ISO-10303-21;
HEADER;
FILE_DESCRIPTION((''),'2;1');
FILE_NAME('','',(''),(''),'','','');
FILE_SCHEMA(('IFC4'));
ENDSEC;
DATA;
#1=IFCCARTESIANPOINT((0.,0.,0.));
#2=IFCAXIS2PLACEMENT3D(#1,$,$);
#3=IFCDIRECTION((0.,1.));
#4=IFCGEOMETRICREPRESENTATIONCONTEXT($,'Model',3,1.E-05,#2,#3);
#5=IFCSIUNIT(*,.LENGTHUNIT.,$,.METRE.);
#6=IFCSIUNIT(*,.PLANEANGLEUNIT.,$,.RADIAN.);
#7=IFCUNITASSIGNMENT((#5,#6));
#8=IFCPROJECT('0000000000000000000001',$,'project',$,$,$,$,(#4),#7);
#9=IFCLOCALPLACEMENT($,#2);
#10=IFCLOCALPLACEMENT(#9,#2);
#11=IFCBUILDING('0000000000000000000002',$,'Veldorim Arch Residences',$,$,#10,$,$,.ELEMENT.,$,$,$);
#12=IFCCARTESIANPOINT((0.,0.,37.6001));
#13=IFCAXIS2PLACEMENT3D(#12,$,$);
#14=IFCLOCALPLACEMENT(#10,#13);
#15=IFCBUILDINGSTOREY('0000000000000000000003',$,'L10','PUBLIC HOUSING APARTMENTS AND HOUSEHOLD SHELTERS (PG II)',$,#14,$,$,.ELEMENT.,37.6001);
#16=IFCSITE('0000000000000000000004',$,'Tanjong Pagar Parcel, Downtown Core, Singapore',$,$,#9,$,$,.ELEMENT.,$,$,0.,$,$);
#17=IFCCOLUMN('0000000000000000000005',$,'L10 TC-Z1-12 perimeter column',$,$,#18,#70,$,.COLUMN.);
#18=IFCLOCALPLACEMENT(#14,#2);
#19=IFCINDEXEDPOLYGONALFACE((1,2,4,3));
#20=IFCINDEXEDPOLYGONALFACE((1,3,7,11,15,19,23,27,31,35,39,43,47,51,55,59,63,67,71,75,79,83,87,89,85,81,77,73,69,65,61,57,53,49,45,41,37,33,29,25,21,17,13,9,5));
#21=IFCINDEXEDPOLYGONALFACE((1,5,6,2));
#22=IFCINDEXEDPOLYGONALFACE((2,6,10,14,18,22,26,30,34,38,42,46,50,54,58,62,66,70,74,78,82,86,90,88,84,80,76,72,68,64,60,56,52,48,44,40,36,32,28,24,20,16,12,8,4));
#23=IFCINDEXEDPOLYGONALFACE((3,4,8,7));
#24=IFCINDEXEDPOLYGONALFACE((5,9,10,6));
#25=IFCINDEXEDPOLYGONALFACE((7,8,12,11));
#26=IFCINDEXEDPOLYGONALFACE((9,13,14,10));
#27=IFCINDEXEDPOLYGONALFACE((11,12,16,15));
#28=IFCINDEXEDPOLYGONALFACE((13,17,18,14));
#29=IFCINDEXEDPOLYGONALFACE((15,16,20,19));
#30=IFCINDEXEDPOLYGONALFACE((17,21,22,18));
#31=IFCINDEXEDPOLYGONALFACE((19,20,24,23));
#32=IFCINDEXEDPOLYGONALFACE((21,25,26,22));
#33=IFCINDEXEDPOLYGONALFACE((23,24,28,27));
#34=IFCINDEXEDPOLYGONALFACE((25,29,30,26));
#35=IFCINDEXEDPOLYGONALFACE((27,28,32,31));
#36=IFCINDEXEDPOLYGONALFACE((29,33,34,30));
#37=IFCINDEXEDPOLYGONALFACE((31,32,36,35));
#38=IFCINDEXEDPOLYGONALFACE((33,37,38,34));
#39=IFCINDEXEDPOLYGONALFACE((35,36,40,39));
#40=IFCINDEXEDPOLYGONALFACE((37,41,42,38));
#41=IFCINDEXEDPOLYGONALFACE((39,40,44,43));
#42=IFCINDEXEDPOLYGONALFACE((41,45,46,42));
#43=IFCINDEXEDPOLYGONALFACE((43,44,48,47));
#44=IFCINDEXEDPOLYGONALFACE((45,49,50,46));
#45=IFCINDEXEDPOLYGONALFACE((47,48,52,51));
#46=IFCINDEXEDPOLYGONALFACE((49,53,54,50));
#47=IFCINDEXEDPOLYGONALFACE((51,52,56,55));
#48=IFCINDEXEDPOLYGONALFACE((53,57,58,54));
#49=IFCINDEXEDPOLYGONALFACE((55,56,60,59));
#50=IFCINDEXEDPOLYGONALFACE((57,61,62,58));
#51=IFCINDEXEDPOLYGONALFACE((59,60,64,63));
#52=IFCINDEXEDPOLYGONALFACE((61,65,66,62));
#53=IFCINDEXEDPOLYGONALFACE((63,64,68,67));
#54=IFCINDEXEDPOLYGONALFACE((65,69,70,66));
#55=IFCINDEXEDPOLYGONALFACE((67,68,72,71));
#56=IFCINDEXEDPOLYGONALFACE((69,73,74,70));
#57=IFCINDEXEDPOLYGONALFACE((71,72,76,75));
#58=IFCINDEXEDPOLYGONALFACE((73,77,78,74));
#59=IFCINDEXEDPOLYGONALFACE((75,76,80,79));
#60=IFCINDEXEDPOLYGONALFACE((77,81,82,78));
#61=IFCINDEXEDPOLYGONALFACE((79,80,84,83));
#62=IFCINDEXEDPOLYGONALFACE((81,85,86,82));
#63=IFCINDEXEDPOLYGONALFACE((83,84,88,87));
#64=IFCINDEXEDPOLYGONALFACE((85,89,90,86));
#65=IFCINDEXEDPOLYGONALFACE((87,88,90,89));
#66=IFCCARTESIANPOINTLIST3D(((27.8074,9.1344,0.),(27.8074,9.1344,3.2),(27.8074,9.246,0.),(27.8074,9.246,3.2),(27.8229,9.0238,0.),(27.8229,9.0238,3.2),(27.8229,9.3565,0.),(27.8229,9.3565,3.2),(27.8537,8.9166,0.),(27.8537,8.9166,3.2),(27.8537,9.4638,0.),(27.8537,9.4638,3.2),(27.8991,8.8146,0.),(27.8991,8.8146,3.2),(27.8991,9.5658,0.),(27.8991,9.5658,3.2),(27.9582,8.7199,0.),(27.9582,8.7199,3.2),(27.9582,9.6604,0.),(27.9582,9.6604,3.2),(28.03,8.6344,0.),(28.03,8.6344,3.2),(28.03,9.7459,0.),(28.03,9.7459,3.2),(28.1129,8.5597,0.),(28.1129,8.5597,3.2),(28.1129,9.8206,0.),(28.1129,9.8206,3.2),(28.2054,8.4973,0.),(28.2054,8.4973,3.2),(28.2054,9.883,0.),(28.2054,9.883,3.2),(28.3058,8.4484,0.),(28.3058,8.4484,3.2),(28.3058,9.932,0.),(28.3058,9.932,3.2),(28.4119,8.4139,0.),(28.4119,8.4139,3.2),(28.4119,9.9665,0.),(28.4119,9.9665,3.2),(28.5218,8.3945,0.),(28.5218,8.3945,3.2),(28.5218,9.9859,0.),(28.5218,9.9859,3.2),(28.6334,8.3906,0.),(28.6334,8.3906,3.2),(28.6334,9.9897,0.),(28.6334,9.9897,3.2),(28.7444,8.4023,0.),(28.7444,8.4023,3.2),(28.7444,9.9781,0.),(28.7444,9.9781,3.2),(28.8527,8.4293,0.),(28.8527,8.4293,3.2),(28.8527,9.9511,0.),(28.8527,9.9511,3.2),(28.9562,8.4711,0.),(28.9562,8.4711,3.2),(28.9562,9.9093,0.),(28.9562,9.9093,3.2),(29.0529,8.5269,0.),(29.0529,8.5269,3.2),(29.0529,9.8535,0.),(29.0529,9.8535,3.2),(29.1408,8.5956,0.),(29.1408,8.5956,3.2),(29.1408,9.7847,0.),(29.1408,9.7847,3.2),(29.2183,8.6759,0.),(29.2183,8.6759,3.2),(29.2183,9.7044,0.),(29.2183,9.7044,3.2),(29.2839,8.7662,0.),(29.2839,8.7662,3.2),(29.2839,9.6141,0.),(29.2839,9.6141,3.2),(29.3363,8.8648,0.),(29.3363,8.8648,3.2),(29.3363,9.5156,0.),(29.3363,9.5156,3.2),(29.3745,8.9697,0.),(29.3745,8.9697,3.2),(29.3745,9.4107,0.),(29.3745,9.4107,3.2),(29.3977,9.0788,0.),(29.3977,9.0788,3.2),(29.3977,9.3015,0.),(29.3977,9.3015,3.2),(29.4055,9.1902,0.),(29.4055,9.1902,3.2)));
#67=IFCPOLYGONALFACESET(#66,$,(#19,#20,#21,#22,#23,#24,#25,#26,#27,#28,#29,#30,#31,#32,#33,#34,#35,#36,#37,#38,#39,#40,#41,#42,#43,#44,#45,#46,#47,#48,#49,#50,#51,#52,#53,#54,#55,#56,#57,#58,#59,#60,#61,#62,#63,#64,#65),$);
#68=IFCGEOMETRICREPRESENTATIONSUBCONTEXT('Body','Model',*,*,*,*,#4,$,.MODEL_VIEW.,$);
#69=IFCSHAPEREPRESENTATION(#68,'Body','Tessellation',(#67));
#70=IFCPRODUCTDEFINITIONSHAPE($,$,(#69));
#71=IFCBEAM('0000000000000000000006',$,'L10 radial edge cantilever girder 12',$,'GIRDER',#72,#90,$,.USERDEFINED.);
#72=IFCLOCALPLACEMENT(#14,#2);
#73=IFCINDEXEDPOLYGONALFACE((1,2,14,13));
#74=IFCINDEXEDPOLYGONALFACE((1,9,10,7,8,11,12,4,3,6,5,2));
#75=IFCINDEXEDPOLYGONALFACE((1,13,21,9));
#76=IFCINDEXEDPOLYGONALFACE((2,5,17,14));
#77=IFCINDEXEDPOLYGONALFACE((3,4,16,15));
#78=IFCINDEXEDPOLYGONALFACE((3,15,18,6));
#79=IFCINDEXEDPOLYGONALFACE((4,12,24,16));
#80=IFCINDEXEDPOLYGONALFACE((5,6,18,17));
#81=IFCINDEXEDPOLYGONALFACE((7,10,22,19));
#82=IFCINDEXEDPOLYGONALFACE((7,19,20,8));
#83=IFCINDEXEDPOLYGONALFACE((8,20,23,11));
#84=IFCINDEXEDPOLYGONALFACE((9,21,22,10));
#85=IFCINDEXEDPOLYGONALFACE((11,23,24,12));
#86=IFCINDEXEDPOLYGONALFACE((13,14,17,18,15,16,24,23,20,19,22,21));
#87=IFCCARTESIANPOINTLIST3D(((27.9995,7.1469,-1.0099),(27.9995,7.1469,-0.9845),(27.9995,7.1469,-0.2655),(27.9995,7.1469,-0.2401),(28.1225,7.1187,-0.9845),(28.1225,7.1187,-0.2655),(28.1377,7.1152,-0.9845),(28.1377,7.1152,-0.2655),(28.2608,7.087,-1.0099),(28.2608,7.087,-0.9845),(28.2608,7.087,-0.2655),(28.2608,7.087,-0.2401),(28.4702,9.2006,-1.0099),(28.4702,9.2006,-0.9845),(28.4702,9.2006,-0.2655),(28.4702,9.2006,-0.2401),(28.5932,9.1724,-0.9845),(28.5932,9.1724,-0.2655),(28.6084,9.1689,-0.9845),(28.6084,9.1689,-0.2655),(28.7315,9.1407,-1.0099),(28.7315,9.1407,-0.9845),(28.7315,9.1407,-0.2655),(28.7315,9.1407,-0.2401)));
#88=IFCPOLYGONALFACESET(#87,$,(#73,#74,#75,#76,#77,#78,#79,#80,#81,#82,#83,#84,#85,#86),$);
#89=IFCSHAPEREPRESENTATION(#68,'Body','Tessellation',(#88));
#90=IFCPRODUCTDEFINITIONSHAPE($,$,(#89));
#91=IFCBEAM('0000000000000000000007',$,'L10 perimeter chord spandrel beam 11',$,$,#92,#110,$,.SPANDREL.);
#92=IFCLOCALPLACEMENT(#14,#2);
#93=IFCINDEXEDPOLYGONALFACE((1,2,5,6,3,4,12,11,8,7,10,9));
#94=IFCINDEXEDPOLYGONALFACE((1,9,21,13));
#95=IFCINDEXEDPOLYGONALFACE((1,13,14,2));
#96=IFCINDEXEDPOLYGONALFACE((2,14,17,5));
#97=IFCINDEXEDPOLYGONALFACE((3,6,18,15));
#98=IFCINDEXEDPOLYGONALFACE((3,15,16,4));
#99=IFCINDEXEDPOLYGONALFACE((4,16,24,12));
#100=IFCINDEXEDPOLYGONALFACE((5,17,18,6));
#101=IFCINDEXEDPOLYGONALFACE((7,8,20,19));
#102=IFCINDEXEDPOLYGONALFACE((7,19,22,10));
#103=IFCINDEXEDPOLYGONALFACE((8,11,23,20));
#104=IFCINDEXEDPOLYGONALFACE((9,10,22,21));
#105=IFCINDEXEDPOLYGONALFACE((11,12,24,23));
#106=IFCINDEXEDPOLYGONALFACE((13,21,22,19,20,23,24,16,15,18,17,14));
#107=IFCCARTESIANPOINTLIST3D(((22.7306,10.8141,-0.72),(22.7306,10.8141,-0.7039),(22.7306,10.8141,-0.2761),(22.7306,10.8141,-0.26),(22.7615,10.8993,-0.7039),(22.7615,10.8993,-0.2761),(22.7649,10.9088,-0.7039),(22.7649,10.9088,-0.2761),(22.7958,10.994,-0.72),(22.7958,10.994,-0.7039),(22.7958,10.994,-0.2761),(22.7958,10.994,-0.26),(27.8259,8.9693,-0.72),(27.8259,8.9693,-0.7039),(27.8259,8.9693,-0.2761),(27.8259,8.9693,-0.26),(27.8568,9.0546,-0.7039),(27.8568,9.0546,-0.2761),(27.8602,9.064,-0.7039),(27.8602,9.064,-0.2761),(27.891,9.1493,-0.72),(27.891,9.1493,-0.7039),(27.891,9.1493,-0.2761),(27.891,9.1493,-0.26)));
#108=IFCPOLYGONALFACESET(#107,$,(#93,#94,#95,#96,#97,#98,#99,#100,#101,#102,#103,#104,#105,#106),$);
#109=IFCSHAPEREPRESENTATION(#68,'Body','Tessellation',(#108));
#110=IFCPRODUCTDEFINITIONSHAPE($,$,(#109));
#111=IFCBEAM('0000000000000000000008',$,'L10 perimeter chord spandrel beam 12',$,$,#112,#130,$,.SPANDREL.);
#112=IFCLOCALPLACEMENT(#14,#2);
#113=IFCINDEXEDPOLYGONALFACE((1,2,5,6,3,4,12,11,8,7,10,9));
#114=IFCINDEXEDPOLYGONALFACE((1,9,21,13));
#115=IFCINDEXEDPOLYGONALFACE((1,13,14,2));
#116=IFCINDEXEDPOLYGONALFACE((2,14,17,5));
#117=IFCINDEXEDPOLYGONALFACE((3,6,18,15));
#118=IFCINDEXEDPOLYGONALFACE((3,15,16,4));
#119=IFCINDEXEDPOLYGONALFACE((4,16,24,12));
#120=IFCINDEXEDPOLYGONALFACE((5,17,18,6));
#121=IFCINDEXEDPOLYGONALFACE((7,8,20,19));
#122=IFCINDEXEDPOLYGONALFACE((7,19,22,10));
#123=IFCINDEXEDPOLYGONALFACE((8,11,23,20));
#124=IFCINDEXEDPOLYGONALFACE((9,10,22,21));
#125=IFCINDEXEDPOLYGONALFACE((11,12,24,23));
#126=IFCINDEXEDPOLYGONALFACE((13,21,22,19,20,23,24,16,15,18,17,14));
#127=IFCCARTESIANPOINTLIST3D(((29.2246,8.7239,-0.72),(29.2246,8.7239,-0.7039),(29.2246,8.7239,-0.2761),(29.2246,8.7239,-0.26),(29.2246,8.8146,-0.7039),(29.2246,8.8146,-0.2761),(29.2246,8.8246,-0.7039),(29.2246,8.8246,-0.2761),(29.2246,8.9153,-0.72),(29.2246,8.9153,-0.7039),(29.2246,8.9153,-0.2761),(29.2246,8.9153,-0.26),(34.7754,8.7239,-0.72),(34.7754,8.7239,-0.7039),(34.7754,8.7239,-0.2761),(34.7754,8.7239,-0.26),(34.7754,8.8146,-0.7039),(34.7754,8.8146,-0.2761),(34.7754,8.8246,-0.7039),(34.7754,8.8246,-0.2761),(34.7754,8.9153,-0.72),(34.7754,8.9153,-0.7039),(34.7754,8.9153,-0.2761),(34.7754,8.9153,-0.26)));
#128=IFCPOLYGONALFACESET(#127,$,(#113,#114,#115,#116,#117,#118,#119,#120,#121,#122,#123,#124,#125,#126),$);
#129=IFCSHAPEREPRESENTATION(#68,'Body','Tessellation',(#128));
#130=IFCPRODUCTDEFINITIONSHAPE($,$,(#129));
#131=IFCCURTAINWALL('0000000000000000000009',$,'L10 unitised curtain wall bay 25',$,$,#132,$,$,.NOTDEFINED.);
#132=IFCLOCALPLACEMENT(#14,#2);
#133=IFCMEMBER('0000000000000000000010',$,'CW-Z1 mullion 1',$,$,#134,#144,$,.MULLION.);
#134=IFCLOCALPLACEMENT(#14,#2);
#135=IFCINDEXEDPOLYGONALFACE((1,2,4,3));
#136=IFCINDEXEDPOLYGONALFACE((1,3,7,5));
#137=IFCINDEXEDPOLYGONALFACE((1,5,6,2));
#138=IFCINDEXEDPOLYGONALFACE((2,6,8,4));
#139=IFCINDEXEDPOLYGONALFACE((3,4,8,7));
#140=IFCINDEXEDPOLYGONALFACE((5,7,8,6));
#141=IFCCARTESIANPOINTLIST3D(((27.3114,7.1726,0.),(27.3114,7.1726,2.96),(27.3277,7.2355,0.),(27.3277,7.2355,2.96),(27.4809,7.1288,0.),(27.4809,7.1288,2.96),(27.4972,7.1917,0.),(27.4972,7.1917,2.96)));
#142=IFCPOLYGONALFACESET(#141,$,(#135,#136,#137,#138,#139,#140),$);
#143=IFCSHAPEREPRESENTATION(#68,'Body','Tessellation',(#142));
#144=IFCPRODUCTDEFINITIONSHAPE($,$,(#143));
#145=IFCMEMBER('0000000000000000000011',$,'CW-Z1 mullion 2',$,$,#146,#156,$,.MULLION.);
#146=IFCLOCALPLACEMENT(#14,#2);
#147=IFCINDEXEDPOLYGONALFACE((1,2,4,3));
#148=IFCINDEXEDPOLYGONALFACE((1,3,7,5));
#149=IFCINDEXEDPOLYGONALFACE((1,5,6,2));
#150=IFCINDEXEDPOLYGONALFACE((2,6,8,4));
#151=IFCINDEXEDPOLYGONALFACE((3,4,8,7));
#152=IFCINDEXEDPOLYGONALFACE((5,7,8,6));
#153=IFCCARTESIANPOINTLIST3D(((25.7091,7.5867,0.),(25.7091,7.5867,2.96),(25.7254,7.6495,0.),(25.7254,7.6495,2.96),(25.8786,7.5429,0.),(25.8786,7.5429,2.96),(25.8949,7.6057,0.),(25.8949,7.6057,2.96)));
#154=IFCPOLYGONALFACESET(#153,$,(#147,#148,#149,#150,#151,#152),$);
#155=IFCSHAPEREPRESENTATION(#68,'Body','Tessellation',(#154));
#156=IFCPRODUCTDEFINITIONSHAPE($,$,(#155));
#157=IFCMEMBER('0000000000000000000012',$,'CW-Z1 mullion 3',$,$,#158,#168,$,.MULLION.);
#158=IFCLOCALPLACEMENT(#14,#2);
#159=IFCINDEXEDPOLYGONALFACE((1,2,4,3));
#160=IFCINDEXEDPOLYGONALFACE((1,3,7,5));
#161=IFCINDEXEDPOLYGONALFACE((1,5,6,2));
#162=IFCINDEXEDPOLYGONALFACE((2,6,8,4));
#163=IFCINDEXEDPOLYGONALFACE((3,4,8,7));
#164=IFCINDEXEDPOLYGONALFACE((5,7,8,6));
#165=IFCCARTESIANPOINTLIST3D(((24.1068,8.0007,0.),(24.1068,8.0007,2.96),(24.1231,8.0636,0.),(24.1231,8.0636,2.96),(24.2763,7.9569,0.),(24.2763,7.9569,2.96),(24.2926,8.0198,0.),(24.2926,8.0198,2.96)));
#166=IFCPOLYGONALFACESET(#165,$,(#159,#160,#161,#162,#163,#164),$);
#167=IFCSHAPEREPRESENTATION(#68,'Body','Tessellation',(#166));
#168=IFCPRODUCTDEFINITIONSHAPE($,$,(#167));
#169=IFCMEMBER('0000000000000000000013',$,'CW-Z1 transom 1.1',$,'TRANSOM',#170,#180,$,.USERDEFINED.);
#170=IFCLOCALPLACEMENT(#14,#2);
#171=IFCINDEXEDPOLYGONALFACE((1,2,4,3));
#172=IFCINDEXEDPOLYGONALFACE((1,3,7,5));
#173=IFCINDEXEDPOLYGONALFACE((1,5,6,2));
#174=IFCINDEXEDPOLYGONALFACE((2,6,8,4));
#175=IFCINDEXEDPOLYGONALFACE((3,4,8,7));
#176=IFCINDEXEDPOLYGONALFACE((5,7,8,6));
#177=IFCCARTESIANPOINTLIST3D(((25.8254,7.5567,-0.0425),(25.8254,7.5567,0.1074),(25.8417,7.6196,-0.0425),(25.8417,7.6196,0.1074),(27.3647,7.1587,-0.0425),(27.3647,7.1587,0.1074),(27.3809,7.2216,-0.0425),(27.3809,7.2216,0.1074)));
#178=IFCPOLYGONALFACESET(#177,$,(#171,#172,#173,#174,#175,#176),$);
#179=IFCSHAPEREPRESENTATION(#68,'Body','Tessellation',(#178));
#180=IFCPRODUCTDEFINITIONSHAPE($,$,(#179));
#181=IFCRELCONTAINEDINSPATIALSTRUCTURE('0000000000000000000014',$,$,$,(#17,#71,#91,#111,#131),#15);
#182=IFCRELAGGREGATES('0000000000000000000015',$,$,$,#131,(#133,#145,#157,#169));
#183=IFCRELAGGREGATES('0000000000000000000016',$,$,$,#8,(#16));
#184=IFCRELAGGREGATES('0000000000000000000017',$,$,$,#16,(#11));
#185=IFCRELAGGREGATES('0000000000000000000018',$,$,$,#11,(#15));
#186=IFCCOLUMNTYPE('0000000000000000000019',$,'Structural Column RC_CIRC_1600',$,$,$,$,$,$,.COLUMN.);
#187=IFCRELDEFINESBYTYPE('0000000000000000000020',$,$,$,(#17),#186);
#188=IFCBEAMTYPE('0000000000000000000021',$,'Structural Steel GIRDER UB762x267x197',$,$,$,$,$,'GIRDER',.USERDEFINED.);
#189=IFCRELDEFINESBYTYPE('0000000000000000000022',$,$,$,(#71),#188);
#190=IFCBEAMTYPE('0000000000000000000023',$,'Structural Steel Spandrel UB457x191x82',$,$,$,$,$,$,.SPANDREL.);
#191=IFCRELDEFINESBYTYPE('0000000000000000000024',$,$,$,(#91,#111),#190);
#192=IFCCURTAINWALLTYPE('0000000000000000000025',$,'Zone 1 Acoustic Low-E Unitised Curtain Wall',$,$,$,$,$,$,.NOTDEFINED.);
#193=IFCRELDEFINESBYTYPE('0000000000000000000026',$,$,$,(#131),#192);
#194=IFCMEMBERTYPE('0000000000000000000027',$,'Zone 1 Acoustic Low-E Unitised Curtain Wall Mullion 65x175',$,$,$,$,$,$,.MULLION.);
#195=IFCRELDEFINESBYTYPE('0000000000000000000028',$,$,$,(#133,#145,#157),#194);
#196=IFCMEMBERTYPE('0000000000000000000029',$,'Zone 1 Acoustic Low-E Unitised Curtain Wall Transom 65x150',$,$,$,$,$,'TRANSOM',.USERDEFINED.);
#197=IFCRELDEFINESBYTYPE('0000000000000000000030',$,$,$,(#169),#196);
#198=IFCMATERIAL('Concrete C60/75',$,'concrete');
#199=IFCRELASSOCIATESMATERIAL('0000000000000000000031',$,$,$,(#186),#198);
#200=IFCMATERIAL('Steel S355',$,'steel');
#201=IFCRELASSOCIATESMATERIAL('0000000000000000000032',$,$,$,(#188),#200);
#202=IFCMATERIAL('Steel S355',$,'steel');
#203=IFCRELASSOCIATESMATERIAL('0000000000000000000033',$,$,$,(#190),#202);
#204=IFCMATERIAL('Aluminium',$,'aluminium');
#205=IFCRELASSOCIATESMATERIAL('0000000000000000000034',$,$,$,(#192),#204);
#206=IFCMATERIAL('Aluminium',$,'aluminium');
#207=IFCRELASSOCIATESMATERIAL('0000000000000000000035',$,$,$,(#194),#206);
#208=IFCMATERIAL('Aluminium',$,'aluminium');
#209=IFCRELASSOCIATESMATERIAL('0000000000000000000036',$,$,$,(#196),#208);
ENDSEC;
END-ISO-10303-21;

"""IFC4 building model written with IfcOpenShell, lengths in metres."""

from ifc_helpers import new_model, si_unit, direction, frame, origin, origin_2d, place, context, subcontext, project, spatial, rectangle, circle, i_section, extrude, material, material_profile, profile_set, type_object, element, aggregate, save


model = new_model("IFC4")

# Units and contexts
model_context = context("Model", 3, precision=1e-05, world=origin(), true_north=direction((0.0, 1.0)))
body_context = subcontext(model_context, "Body", "Model", "MODEL_VIEW")
ifc_project = project(units=[si_unit("LENGTHUNIT", "METRE"), si_unit("PLANEANGLEUNIT", "RADIAN")], contexts=[model_context])

# Site, building, storey
site_placement = place(None, origin())
site = spatial("IfcSite", under=ifc_project, at=site_placement, Name="Tanjong Pagar Parcel, Downtown Core, Singapore", CompositionType="ELEMENT", RefElevation=0.0)
building_placement = place(site_placement, origin())
building = spatial("IfcBuilding", under=site, at=building_placement, Name="Veldorim Arch Residences", CompositionType="ELEMENT")
storey_placement = place(building_placement, frame((0.0, 0.0, 37.6001)))
storey = spatial("IfcBuildingStorey", under=building, at=storey_placement, Name="L10", Description="PUBLIC HOUSING APARTMENTS AND HOUSEHOLD SHELTERS (PG II)", CompositionType="ELEMENT", Elevation=37.6001)

# Column
ifc_material_1 = material(Name="Concrete C60/75", Category="concrete")
ifc_material_profile_1 = material_profile(ifc_material_1, circle(Radius=0.8, at=origin_2d()), Name="RC_CIRC_1600")
ifc_profile_set_1 = profile_set([ifc_material_profile_1], Name="Concrete C60/75")
column_type = type_object("IfcColumnType", Name="Structural Column RC_CIRC_1600", PredefinedType="COLUMN", material=ifc_profile_set_1)
column_placement = place(storey_placement, frame((28.6055, 9.1902, 0.0), z_axis=(0.0, 0.0, 1.0), x_axis=(1.0, 0.0, 0.0)))
element("IfcColumn", 1, at=column_placement, inside=storey, type_object=column_type, Name="L10 TC-Z1-12 perimeter column", PredefinedType="COLUMN", context=body_context, shape_type="SweptSolid", body=[
    extrude(circle(Radius=0.8, at=origin_2d()), origin(), (0.0, 0.0, 1.0), 3.2),
])

# Beams
ifc_material_2 = material(Name="Steel S355", Category="steel")
ifc_material_profile_2 = material_profile(ifc_material_2, i_section(OverallWidth=0.2681, OverallDepth=0.7698, WebThickness=0.0156, FlangeThickness=0.0254, at=origin_2d()), Name="UB762x267x197")
ifc_profile_set_2 = profile_set([ifc_material_profile_2], Name="Steel S355")
beam_type_1 = type_object("IfcBeamType", Name="Structural Steel GIRDER UB762x267x197", ElementType="GIRDER", PredefinedType="USERDEFINED", material=ifc_profile_set_2)
beam_1_placement = place(storey_placement, frame((28.6008, 9.1707, -0.625), z_axis=(-0.223404, -0.974726, 0.0), x_axis=(0.974726, -0.223404, 0.0)))
element("IfcBeam", 2, at=beam_1_placement, inside=storey, type_object=beam_type_1, Name="L10 radial edge cantilever girder 12", ObjectType="GIRDER", PredefinedType="USERDEFINED", context=body_context, shape_type="SweptSolid", body=[
    extrude(i_section(OverallWidth=0.2681, OverallDepth=0.7698, WebThickness=0.0156, FlangeThickness=0.0254, at=origin_2d()), origin(), (0.0, 0.0, 1.0), 2.1069),
])
ifc_material_3 = material(Name="Steel S355", Category="steel")
ifc_material_profile_3 = material_profile(ifc_material_3, i_section(OverallWidth=0.1914, OverallDepth=0.46, WebThickness=0.01, FlangeThickness=0.0161, at=origin_2d()), Name="UB457x191x82")
ifc_profile_set_3 = profile_set([ifc_material_profile_3], Name="Steel S355")
beam_type_2 = type_object("IfcBeamType", Name="Structural Steel Spandrel UB457x191x82", PredefinedType="SPANDREL", material=ifc_profile_set_3)
beam_2_placement = place(storey_placement, frame((22.7632, 10.9041, -0.49), z_axis=(0.940271, -0.340426, 0.0), x_axis=(0.340426, 0.940271, 0.0)))
element("IfcBeam", 3, at=beam_2_placement, inside=storey, type_object=beam_type_2, Name="L10 perimeter chord spandrel beam 11", PredefinedType="SPANDREL", context=body_context, shape_type="SweptSolid", body=[
    extrude(i_section(OverallWidth=0.1914, OverallDepth=0.46, WebThickness=0.01, FlangeThickness=0.0161, at=origin_2d()), origin(), (0.0, 0.0, 1.0), 5.4189),
])
beam_3_placement = place(storey_placement, frame((29.2246, 8.8196, -0.49), z_axis=(1.0, 0.0, 0.0), x_axis=(0.0, 1.0, 0.0)))
element("IfcBeam", 4, at=beam_3_placement, inside=storey, type_object=beam_type_2, Name="L10 perimeter chord spandrel beam 12", PredefinedType="SPANDREL", context=body_context, shape_type="SweptSolid", body=[
    extrude(i_section(OverallWidth=0.1914, OverallDepth=0.46, WebThickness=0.01, FlangeThickness=0.0161, at=origin_2d()), origin(), (0.0, 0.0, 1.0), 5.5508),
])

# Curtain wall, members
ifc_material_4 = material(Name="Aluminium", Category="aluminium")
curtain_wall_type = type_object("IfcCurtainWallType", Name="Zone 1 Acoustic Low-E Unitised Curtain Wall", PredefinedType="NOTDEFINED", material=ifc_material_4)
curtain_wall_placement = place(storey_placement, origin())
curtain_wall = element("IfcCurtainWall", 5, at=curtain_wall_placement, inside=storey, type_object=curtain_wall_type, Name="L10 unitised curtain wall bay 25", PredefinedType="NOTDEFINED")
ifc_material_5 = material(Name="Aluminium", Category="aluminium")
ifc_material_profile_4 = material_profile(ifc_material_5, rectangle(XDim=0.0649, YDim=0.175, at=origin_2d()), Name="ALU_MUL_65x175")
ifc_profile_set_4 = profile_set([ifc_material_profile_4], Name="Aluminium")
member_type_1 = type_object("IfcMemberType", Name="Zone 1 Acoustic Low-E Unitised Curtain Wall Mullion 65x175", PredefinedType="MULLION", material=ifc_profile_set_4)
member_1_placement = place(storey_placement, frame((27.4043, 7.1821, 0.0), z_axis=(0.0, 0.0, 1.0), x_axis=(-0.25026, -0.968179, 0.0)))
member_1 = element("IfcMember", 6, at=member_1_placement, type_object=member_type_1, Name="CW-Z1 mullion 1", PredefinedType="MULLION", context=body_context, shape_type="SweptSolid", body=[
    extrude(rectangle(XDim=0.0649, YDim=0.175, at=origin_2d()), origin(), (0.0, 0.0, 1.0), 2.96),
])
member_2_placement = place(storey_placement, frame((25.802, 7.5962, 0.0), z_axis=(0.0, 0.0, 1.0), x_axis=(-0.25026, -0.968179, 0.0)))
member_2 = element("IfcMember", 7, at=member_2_placement, type_object=member_type_1, Name="CW-Z1 mullion 2", PredefinedType="MULLION", context=body_context, shape_type="SweptSolid", body=[
    extrude(rectangle(XDim=0.0649, YDim=0.175, at=origin_2d()), origin(), (0.0, 0.0, 1.0), 2.96),
])
member_3_placement = place(storey_placement, frame((24.1997, 8.0103, 0.0), z_axis=(0.0, 0.0, 1.0), x_axis=(-0.25026, -0.968179, 0.0)))
member_3 = element("IfcMember", 8, at=member_3_placement, type_object=member_type_1, Name="CW-Z1 mullion 3", PredefinedType="MULLION", context=body_context, shape_type="SweptSolid", body=[
    extrude(rectangle(XDim=0.0649, YDim=0.175, at=origin_2d()), origin(), (0.0, 0.0, 1.0), 2.96),
])
ifc_material_6 = material(Name="Aluminium", Category="aluminium")
ifc_material_profile_5 = material_profile(ifc_material_6, rectangle(XDim=0.0649, YDim=0.1499, at=origin_2d()), Name="ALU_TRN_65x150")
ifc_profile_set_5 = profile_set([ifc_material_profile_5], Name="Aluminium")
member_type_2 = type_object("IfcMemberType", Name="Zone 1 Acoustic Low-E Unitised Curtain Wall Transom 65x150", ElementType="TRANSOM", PredefinedType="USERDEFINED", material=ifc_profile_set_5)
member_4_placement = place(storey_placement, frame((27.3728, 7.1902, 0.0325), z_axis=(-0.968169, 0.250296, 0.0), x_axis=(-0.250296, -0.968169, 0.0)))
member_4 = element("IfcMember", 9, at=member_4_placement, type_object=member_type_2, Name="CW-Z1 transom 1.1", ObjectType="TRANSOM", PredefinedType="USERDEFINED", context=body_context, shape_type="SweptSolid", body=[
    extrude(rectangle(XDim=0.0649, YDim=0.1499, at=origin_2d()), origin(), (0.0, 0.0, 1.0), 1.5898),
])
aggregate(curtain_wall, [member_1, member_2, member_3, member_4])

save(model, "model.ifc")
